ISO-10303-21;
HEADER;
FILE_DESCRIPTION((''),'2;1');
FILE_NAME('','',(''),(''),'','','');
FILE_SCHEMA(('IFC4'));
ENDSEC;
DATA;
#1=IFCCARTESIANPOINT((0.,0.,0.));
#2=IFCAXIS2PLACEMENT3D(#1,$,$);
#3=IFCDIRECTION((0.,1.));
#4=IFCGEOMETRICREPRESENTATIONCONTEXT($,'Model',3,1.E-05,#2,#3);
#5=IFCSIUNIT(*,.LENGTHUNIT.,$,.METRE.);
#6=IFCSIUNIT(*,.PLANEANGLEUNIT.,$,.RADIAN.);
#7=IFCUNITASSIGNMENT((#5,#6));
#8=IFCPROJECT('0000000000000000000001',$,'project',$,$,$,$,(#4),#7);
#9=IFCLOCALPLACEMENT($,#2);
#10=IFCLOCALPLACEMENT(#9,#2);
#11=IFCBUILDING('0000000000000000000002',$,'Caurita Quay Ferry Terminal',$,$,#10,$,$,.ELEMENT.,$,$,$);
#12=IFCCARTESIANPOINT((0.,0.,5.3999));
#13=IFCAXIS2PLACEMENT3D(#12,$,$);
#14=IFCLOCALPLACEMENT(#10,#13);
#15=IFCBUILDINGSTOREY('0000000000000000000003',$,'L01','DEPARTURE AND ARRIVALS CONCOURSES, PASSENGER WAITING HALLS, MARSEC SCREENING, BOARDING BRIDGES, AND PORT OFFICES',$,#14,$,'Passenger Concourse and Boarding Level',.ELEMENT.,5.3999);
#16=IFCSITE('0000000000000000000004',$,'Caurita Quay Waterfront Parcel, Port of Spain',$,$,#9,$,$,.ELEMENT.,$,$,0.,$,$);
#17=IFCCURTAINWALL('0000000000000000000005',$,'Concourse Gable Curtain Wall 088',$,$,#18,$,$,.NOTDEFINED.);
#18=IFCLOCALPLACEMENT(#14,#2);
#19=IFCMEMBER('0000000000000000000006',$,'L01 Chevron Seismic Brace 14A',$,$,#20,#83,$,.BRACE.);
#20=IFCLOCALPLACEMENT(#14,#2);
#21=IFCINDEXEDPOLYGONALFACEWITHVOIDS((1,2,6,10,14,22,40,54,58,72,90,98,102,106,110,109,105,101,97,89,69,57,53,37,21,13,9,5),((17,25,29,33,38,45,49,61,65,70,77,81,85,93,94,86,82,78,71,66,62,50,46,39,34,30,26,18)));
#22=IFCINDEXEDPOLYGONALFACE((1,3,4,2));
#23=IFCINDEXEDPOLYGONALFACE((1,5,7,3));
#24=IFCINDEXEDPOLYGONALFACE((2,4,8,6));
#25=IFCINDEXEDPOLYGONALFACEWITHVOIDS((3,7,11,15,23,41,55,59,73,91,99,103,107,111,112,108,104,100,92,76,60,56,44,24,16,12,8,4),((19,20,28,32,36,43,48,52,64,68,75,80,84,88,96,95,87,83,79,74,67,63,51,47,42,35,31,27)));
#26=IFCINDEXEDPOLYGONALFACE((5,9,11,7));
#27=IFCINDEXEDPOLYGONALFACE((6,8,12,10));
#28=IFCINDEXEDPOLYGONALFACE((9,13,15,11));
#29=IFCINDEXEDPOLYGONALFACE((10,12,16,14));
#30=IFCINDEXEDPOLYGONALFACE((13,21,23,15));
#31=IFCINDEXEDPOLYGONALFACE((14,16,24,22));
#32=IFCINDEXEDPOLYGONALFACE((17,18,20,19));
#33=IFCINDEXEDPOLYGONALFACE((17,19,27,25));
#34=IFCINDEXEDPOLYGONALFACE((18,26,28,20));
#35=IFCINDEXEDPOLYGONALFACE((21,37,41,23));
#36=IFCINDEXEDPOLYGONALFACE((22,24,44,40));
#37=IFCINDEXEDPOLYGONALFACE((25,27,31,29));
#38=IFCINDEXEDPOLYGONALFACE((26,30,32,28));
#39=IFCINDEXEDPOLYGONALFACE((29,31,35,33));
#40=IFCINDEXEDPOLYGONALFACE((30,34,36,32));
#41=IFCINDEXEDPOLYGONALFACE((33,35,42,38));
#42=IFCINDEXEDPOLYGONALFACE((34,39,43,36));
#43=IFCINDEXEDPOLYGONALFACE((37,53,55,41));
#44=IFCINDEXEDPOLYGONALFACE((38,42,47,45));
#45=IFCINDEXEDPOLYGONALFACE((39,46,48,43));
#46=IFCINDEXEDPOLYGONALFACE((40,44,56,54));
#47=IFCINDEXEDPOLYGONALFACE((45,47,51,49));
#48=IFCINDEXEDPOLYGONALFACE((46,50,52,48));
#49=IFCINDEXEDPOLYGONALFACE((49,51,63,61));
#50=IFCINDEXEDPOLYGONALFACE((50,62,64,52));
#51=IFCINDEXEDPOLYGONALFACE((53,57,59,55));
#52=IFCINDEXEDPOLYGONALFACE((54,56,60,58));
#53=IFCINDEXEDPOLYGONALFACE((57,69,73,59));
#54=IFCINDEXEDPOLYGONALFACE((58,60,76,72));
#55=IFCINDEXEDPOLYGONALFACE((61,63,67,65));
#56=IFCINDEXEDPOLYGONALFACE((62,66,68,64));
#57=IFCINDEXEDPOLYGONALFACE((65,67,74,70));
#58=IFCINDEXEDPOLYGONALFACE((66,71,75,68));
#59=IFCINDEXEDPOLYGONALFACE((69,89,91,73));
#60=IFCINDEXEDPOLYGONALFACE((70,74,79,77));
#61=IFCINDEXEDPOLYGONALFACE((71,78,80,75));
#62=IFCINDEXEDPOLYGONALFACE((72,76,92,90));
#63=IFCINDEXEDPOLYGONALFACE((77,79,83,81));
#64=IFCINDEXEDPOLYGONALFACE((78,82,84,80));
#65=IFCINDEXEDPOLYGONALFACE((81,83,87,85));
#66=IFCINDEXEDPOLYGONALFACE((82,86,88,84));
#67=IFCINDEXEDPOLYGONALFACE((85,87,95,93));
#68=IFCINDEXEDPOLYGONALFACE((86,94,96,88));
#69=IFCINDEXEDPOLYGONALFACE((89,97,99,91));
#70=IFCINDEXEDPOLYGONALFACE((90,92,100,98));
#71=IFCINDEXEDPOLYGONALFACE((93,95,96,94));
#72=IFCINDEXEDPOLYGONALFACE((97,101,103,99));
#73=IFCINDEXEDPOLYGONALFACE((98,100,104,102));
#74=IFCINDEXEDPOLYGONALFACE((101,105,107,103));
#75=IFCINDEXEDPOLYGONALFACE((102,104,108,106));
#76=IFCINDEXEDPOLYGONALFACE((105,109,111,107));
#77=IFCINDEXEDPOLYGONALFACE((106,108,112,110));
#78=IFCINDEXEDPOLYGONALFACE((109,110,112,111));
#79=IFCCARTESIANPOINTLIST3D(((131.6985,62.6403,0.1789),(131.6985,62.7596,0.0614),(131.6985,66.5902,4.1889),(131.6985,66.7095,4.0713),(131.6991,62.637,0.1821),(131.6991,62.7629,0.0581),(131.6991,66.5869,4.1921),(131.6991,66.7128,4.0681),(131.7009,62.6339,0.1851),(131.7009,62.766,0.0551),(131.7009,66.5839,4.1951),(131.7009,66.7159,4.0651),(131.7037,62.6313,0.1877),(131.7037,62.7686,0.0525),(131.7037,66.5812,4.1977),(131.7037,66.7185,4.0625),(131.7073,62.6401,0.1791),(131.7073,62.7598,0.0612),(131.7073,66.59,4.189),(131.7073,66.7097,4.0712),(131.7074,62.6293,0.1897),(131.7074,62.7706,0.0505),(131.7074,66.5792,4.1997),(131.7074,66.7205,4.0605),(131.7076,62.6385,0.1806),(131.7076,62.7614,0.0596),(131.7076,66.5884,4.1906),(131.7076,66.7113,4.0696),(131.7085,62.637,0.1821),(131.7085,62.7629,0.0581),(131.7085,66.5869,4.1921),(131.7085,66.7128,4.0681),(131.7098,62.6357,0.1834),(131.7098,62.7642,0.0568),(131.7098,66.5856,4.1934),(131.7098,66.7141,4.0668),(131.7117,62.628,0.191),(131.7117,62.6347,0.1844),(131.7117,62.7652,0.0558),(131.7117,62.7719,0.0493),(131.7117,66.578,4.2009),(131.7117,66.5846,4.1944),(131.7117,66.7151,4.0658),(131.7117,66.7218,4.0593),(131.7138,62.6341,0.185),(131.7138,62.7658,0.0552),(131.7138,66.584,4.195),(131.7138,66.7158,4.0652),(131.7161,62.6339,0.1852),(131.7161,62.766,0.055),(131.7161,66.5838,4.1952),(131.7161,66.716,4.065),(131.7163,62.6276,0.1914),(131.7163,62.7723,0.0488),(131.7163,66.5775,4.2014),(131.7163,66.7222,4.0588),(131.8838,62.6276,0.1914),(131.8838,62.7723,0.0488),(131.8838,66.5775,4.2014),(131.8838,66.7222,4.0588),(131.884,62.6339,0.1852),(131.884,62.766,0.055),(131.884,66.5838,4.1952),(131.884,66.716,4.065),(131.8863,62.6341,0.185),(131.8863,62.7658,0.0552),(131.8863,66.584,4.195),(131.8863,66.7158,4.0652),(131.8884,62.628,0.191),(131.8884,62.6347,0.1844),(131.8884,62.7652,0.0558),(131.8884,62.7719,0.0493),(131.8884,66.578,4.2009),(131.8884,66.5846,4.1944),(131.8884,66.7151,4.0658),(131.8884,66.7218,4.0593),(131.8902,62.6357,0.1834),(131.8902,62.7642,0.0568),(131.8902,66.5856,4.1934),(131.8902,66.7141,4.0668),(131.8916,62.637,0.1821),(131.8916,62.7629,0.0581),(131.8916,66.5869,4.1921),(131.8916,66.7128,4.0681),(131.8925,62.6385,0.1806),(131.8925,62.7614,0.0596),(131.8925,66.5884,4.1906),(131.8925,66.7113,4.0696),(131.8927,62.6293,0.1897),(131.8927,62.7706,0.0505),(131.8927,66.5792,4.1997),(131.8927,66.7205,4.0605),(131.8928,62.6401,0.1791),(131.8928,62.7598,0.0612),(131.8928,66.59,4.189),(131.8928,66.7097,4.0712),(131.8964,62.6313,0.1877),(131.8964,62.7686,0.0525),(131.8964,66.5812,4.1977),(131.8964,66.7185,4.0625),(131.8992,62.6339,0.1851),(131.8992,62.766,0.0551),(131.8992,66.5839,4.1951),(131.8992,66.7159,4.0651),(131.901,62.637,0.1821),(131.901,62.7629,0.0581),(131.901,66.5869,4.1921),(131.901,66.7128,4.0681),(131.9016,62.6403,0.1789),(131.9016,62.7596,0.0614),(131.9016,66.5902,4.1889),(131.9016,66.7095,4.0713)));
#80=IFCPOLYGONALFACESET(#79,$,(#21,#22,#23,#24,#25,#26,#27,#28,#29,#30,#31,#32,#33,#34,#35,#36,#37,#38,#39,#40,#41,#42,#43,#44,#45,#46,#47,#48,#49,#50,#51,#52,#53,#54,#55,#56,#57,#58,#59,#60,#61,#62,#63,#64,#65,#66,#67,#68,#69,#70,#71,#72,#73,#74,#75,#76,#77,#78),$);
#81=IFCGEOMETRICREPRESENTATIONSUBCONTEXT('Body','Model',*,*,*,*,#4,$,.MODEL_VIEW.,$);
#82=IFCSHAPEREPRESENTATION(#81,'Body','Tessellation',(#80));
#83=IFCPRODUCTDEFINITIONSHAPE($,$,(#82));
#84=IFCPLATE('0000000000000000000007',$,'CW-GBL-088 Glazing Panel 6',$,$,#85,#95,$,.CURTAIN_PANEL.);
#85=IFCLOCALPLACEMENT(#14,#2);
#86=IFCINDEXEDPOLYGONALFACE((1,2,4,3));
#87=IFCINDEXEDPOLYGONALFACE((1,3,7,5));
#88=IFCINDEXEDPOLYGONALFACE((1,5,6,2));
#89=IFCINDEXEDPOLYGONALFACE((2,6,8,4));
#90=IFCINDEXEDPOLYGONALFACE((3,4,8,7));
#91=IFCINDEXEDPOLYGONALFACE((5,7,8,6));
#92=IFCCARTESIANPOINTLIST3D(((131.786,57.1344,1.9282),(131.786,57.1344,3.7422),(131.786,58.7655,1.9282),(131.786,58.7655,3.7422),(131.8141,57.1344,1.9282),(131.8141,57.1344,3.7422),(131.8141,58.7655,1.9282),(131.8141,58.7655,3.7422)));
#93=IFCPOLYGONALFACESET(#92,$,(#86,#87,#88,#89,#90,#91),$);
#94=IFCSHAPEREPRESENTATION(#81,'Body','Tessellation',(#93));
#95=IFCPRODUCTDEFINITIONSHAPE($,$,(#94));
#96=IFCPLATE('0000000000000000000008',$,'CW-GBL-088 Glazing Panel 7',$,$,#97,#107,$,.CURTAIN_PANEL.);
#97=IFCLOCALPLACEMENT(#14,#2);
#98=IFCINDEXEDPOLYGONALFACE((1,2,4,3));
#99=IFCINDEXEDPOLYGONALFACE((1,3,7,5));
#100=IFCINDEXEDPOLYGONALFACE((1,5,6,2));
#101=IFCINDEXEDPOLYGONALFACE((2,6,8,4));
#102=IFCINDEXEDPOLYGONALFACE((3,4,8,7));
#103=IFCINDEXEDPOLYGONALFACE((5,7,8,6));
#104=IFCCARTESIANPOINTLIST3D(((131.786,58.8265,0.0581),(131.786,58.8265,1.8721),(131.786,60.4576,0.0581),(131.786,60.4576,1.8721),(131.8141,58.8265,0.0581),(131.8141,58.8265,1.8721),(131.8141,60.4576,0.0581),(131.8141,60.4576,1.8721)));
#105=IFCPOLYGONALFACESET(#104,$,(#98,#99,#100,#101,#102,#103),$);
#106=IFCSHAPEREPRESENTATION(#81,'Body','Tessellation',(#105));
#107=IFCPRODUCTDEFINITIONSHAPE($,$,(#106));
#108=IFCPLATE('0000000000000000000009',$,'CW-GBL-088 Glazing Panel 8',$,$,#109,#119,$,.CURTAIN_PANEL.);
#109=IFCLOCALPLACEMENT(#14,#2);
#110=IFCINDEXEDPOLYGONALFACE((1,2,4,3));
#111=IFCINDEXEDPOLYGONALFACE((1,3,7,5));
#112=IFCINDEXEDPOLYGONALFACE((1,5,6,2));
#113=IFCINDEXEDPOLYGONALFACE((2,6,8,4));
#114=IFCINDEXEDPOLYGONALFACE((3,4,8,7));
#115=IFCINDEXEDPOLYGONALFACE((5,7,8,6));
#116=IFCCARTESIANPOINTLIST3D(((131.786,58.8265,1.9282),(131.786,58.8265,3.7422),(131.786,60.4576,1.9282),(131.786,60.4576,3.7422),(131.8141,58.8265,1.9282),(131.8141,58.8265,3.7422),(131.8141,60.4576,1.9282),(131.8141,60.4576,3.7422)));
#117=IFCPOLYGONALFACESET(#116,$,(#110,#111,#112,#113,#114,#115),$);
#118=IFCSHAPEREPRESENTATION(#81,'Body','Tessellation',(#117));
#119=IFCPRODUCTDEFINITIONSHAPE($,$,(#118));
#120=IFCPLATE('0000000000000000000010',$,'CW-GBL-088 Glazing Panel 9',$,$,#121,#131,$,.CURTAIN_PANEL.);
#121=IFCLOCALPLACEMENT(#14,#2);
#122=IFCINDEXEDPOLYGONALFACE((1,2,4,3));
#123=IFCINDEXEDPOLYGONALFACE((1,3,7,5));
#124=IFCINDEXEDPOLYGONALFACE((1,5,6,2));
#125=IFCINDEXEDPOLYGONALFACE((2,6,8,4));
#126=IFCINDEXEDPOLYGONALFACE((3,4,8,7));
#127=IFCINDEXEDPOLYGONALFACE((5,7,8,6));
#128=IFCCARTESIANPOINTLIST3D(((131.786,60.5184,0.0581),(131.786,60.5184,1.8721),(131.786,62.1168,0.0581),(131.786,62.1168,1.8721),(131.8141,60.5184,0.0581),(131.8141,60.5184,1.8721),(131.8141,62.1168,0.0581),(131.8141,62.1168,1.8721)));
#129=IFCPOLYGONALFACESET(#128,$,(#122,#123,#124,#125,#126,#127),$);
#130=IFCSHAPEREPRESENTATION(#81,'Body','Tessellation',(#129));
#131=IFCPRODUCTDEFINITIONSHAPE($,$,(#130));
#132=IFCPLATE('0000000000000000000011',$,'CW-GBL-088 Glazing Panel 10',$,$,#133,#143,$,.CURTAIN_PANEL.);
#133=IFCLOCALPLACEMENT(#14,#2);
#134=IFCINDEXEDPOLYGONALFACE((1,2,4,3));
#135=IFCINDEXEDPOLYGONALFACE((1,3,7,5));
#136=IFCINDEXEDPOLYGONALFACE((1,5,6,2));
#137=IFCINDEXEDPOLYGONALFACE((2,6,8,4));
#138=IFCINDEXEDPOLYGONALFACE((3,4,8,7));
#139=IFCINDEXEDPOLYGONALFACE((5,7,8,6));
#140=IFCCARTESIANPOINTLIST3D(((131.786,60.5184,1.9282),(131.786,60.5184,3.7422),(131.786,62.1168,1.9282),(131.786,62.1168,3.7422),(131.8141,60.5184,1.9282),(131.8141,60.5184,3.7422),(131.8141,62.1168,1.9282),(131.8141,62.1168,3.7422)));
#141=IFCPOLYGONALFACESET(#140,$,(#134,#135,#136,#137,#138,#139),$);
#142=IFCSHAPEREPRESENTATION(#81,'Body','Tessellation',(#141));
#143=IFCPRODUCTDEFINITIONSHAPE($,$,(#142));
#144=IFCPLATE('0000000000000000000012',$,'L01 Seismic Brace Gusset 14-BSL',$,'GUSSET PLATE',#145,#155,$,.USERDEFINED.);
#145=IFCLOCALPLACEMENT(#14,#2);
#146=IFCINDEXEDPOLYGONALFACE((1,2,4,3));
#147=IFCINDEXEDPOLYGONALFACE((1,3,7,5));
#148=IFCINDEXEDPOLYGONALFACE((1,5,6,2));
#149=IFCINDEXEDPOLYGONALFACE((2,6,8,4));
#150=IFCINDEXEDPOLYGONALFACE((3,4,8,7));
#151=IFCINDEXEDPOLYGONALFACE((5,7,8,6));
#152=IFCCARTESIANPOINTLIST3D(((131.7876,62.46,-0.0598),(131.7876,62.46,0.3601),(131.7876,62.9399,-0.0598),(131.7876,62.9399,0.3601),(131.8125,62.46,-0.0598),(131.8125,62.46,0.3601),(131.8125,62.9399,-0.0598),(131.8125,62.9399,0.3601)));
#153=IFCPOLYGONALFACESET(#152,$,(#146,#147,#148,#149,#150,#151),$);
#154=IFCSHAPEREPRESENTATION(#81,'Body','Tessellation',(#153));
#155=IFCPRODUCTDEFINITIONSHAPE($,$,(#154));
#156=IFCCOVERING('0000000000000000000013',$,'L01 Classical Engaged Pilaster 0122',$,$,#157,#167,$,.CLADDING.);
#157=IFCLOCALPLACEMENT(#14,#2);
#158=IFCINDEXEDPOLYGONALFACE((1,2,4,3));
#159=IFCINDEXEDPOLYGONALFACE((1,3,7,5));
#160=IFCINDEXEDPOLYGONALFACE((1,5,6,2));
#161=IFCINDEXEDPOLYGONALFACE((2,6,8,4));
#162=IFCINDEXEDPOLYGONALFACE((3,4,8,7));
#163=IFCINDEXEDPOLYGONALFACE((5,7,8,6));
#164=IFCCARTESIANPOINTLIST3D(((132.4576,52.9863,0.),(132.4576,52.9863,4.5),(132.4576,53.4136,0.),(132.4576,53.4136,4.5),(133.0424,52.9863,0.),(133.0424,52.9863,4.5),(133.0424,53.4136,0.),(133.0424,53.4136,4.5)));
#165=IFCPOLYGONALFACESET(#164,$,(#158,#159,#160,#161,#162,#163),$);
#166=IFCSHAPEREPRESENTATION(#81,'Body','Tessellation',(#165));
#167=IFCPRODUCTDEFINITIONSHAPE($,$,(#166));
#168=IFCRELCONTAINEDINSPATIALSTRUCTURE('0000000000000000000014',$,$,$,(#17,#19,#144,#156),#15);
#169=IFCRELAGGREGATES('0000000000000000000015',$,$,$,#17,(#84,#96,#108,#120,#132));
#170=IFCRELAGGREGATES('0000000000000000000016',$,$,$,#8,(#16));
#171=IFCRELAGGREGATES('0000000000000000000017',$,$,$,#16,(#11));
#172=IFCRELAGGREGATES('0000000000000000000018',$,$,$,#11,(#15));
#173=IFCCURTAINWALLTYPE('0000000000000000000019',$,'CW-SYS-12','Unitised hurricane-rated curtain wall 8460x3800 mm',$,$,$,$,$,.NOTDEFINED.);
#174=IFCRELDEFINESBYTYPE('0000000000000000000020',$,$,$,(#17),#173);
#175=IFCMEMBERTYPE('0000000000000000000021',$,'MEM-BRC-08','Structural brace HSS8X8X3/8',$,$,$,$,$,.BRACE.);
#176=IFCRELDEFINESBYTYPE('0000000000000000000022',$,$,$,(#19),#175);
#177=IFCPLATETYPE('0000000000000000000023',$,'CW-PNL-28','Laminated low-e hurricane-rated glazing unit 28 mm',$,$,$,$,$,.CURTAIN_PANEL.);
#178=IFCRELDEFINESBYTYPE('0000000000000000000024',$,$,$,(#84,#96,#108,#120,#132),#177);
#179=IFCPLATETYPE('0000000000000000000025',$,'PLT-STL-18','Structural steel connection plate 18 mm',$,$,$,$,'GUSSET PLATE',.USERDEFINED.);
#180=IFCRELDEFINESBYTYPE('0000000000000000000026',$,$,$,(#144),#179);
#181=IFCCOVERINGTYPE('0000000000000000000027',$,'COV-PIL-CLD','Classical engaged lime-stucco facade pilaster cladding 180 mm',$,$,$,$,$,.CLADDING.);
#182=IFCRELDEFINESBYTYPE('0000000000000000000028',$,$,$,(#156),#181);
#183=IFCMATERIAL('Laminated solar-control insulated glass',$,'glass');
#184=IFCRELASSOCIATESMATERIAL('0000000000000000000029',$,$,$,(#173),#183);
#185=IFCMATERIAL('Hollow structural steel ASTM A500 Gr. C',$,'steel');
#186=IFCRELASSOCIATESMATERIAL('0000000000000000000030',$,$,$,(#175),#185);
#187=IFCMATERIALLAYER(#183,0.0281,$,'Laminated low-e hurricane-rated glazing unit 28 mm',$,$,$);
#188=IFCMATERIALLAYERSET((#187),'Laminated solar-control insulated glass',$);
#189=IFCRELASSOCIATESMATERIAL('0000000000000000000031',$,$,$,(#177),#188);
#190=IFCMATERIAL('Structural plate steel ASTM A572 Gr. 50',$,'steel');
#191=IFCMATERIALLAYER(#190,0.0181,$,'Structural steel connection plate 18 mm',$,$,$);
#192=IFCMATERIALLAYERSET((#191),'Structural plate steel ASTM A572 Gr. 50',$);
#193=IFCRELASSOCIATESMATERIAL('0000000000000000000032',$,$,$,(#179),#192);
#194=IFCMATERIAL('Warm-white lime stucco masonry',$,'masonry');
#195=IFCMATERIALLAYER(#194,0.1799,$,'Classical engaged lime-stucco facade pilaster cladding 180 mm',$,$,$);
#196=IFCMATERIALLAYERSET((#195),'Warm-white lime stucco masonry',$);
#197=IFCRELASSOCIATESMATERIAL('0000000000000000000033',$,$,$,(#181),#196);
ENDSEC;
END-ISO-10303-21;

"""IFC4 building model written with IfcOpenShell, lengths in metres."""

from ifc_helpers import new_model, si_unit, direction, frame, origin, origin_2d, place, context, subcontext, project, spatial, rectangle, hollow_rectangle, extrude, material, layer, layer_set, material_profile, profile_set, type_object, element, aggregate, save


model = new_model("IFC4")

# Units and contexts
model_context = context("Model", 3, precision=1e-05, world=origin(), true_north=direction((0.0, 1.0)))
body_context = subcontext(model_context, "Body", "Model", "MODEL_VIEW")
ifc_project = project(units=[si_unit("LENGTHUNIT", "METRE"), si_unit("PLANEANGLEUNIT", "RADIAN")], contexts=[model_context])

# Site, building, storey
site_placement = place(None, origin())
site = spatial("IfcSite", under=ifc_project, at=site_placement, Name="Caurita Quay Waterfront Parcel, Port of Spain", CompositionType="ELEMENT", RefElevation=0.0)
building_placement = place(site_placement, origin())
building = spatial("IfcBuilding", under=site, at=building_placement, Name="Caurita Quay Ferry Terminal", CompositionType="ELEMENT")
storey_placement = place(building_placement, frame((0.0, 0.0, 5.3999)))
storey = spatial("IfcBuildingStorey", under=building, at=storey_placement, Name="L01", Description="DEPARTURE AND ARRIVALS CONCOURSES, PASSENGER WAITING HALLS, MARSEC SCREENING, BOARDING BRIDGES, AND PORT OFFICES", LongName="Passenger Concourse and Boarding Level", CompositionType="ELEMENT", Elevation=5.3999)

# Shared definitions
ifc_material_1 = material(Name="Hollow structural steel ASTM A500 Gr. C", Category="steel")

# Curtain wall
ifc_material_2 = material(Name="Laminated solar-control insulated glass", Category="glass")
curtain_wall_type = type_object("IfcCurtainWallType", Name="CW-SYS-12", Description="Unitised hurricane-rated curtain wall 8460x3800 mm", PredefinedType="NOTDEFINED", material=ifc_material_2)
curtain_wall_placement = place(storey_placement, origin())
curtain_wall = element("IfcCurtainWall", 1, at=curtain_wall_placement, inside=storey, type_object=curtain_wall_type, Name="Concourse Gable Curtain Wall 088", PredefinedType="NOTDEFINED")

# Member
ifc_material_profile_1 = material_profile(ifc_material_1, hollow_rectangle(XDim=0.2031, YDim=0.2031, WallThickness=0.0088, InnerFilletRadius=0.0088, OuterFilletRadius=0.0178, at=origin_2d()), Name="HSS8X8X3/8")
ifc_profile_set_1 = profile_set([ifc_material_profile_1], Name="Hollow structural steel ASTM A500 Gr. C")
member_type_1 = type_object("IfcMemberType", Name="MEM-BRC-08", Description="Structural brace HSS8X8X3/8", PredefinedType="BRACE", material=ifc_profile_set_1)
member_1_placement = place(storey_placement, frame((131.8, 62.7, 0.1201), z_axis=(0.0, 0.701752, 0.712422), x_axis=(-1.0, 0.0, 0.0)))
element("IfcMember", 2, at=member_1_placement, inside=storey, type_object=member_type_1, Name="L01 Chevron Seismic Brace 14A", PredefinedType="BRACE", context=body_context, shape_type="SweptSolid", body=[
    extrude(hollow_rectangle(XDim=0.2031, YDim=0.2031, WallThickness=0.0088, InnerFilletRadius=0.0088, OuterFilletRadius=0.0178, at=origin_2d()), origin(), (0.0, 0.0, 1.0), 5.6287),
])

# Plates
ifc_layer_1 = layer(ifc_material_2, 0.0281, Name="Laminated low-e hurricane-rated glazing unit 28 mm")
ifc_layer_set_1 = layer_set([ifc_layer_1], Name="Laminated solar-control insulated glass")
plate_type_1 = type_object("IfcPlateType", Name="CW-PNL-28", Description="Laminated low-e hurricane-rated glazing unit 28 mm", PredefinedType="CURTAIN_PANEL", material=ifc_layer_set_1)
plate_1_placement = place(storey_placement, frame((131.8, 57.95, 1.9282), z_axis=(0.0, 0.0, 1.0), x_axis=(0.0, 1.0, 0.0)))
plate_1 = element("IfcPlate", 3, at=plate_1_placement, type_object=plate_type_1, Name="CW-GBL-088 Glazing Panel 6", PredefinedType="CURTAIN_PANEL", context=body_context, shape_type="SweptSolid", body=[
    extrude(rectangle(XDim=1.6311, YDim=0.0281, at=origin_2d()), origin(), (0.0, 0.0, 1.0), 1.814),
])
plate_2_placement = place(storey_placement, frame((131.8, 59.6421, 0.0581), z_axis=(0.0, 0.0, 1.0), x_axis=(0.0, 1.0, 0.0)))
plate_2 = element("IfcPlate", 4, at=plate_2_placement, type_object=plate_type_1, Name="CW-GBL-088 Glazing Panel 7", PredefinedType="CURTAIN_PANEL", context=body_context, shape_type="SweptSolid", body=[
    extrude(rectangle(XDim=1.6311, YDim=0.0281, at=origin_2d()), origin(), (0.0, 0.0, 1.0), 1.814),
])
plate_3_placement = place(storey_placement, frame((131.8, 59.6421, 1.9282), z_axis=(0.0, 0.0, 1.0), x_axis=(0.0, 1.0, 0.0)))
plate_3 = element("IfcPlate", 5, at=plate_3_placement, type_object=plate_type_1, Name="CW-GBL-088 Glazing Panel 8", PredefinedType="CURTAIN_PANEL", context=body_context, shape_type="SweptSolid", body=[
    extrude(rectangle(XDim=1.6311, YDim=0.0281, at=origin_2d()), origin(), (0.0, 0.0, 1.0), 1.814),
])
plate_4_placement = place(storey_placement, frame((131.8, 61.3176, 0.0581), z_axis=(0.0, 0.0, 1.0), x_axis=(0.0, 1.0, 0.0)))
plate_4 = element("IfcPlate", 6, at=plate_4_placement, type_object=plate_type_1, Name="CW-GBL-088 Glazing Panel 9", PredefinedType="CURTAIN_PANEL", context=body_context, shape_type="SweptSolid", body=[
    extrude(rectangle(XDim=1.5984, YDim=0.0281, at=origin_2d()), origin(), (0.0, 0.0, 1.0), 1.814),
])
plate_5_placement = place(storey_placement, frame((131.8, 61.3176, 1.9282), z_axis=(0.0, 0.0, 1.0), x_axis=(0.0, 1.0, 0.0)))
plate_5 = element("IfcPlate", 7, at=plate_5_placement, type_object=plate_type_1, Name="CW-GBL-088 Glazing Panel 10", PredefinedType="CURTAIN_PANEL", context=body_context, shape_type="SweptSolid", body=[
    extrude(rectangle(XDim=1.5984, YDim=0.0281, at=origin_2d()), origin(), (0.0, 0.0, 1.0), 1.814),
])
aggregate(curtain_wall, [plate_1, plate_2, plate_3, plate_4, plate_5])
ifc_material_3 = material(Name="Structural plate steel ASTM A572 Gr. 50", Category="steel")
ifc_layer_2 = layer(ifc_material_3, 0.0181, Name="Structural steel connection plate 18 mm")
ifc_layer_set_2 = layer_set([ifc_layer_2], Name="Structural plate steel ASTM A572 Gr. 50")
plate_type_2 = type_object("IfcPlateType", Name="PLT-STL-18", Description="Structural steel connection plate 18 mm", ElementType="GUSSET PLATE", PredefinedType="USERDEFINED", material=ifc_layer_set_2)
plate_6_placement = place(storey_placement, frame((131.8, 62.7, -0.0598), z_axis=(0.0, 0.0, 1.0), x_axis=(0.0, 1.0, 0.0)))
element("IfcPlate", 8, at=plate_6_placement, inside=storey, type_object=plate_type_2, Name="L01 Seismic Brace Gusset 14-BSL", ObjectType="GUSSET PLATE", PredefinedType="USERDEFINED", context=body_context, shape_type="SweptSolid", body=[
    extrude(rectangle(XDim=0.48, YDim=0.0249, at=origin_2d()), origin(), (0.0, 0.0, 1.0), 0.4199),
])

# Covering
ifc_material_4 = material(Name="Warm-white lime stucco masonry", Category="masonry")
ifc_layer_3 = layer(ifc_material_4, 0.1799, Name="Classical engaged lime-stucco facade pilaster cladding 180 mm")
ifc_layer_set_3 = layer_set([ifc_layer_3], Name="Warm-white lime stucco masonry")
covering_type = type_object("IfcCoveringType", Name="COV-PIL-CLD", Description="Classical engaged lime-stucco facade pilaster cladding 180 mm", PredefinedType="CLADDING", material=ifc_layer_set_3)
covering_placement = place(storey_placement, frame((132.75, 53.2, 0.0), z_axis=(0.0, 0.0, 1.0), x_axis=(1.0, 0.0, 0.0)))
element("IfcCovering", 9, at=covering_placement, inside=storey, type_object=covering_type, Name="L01 Classical Engaged Pilaster 0122", PredefinedType="CLADDING", context=body_context, shape_type="SweptSolid", body=[
    extrude(rectangle(XDim=0.5847, YDim=0.4272, at=origin_2d()), origin(), (0.0, 0.0, 1.0), 4.5),
])

save(model, "model.ifc")
